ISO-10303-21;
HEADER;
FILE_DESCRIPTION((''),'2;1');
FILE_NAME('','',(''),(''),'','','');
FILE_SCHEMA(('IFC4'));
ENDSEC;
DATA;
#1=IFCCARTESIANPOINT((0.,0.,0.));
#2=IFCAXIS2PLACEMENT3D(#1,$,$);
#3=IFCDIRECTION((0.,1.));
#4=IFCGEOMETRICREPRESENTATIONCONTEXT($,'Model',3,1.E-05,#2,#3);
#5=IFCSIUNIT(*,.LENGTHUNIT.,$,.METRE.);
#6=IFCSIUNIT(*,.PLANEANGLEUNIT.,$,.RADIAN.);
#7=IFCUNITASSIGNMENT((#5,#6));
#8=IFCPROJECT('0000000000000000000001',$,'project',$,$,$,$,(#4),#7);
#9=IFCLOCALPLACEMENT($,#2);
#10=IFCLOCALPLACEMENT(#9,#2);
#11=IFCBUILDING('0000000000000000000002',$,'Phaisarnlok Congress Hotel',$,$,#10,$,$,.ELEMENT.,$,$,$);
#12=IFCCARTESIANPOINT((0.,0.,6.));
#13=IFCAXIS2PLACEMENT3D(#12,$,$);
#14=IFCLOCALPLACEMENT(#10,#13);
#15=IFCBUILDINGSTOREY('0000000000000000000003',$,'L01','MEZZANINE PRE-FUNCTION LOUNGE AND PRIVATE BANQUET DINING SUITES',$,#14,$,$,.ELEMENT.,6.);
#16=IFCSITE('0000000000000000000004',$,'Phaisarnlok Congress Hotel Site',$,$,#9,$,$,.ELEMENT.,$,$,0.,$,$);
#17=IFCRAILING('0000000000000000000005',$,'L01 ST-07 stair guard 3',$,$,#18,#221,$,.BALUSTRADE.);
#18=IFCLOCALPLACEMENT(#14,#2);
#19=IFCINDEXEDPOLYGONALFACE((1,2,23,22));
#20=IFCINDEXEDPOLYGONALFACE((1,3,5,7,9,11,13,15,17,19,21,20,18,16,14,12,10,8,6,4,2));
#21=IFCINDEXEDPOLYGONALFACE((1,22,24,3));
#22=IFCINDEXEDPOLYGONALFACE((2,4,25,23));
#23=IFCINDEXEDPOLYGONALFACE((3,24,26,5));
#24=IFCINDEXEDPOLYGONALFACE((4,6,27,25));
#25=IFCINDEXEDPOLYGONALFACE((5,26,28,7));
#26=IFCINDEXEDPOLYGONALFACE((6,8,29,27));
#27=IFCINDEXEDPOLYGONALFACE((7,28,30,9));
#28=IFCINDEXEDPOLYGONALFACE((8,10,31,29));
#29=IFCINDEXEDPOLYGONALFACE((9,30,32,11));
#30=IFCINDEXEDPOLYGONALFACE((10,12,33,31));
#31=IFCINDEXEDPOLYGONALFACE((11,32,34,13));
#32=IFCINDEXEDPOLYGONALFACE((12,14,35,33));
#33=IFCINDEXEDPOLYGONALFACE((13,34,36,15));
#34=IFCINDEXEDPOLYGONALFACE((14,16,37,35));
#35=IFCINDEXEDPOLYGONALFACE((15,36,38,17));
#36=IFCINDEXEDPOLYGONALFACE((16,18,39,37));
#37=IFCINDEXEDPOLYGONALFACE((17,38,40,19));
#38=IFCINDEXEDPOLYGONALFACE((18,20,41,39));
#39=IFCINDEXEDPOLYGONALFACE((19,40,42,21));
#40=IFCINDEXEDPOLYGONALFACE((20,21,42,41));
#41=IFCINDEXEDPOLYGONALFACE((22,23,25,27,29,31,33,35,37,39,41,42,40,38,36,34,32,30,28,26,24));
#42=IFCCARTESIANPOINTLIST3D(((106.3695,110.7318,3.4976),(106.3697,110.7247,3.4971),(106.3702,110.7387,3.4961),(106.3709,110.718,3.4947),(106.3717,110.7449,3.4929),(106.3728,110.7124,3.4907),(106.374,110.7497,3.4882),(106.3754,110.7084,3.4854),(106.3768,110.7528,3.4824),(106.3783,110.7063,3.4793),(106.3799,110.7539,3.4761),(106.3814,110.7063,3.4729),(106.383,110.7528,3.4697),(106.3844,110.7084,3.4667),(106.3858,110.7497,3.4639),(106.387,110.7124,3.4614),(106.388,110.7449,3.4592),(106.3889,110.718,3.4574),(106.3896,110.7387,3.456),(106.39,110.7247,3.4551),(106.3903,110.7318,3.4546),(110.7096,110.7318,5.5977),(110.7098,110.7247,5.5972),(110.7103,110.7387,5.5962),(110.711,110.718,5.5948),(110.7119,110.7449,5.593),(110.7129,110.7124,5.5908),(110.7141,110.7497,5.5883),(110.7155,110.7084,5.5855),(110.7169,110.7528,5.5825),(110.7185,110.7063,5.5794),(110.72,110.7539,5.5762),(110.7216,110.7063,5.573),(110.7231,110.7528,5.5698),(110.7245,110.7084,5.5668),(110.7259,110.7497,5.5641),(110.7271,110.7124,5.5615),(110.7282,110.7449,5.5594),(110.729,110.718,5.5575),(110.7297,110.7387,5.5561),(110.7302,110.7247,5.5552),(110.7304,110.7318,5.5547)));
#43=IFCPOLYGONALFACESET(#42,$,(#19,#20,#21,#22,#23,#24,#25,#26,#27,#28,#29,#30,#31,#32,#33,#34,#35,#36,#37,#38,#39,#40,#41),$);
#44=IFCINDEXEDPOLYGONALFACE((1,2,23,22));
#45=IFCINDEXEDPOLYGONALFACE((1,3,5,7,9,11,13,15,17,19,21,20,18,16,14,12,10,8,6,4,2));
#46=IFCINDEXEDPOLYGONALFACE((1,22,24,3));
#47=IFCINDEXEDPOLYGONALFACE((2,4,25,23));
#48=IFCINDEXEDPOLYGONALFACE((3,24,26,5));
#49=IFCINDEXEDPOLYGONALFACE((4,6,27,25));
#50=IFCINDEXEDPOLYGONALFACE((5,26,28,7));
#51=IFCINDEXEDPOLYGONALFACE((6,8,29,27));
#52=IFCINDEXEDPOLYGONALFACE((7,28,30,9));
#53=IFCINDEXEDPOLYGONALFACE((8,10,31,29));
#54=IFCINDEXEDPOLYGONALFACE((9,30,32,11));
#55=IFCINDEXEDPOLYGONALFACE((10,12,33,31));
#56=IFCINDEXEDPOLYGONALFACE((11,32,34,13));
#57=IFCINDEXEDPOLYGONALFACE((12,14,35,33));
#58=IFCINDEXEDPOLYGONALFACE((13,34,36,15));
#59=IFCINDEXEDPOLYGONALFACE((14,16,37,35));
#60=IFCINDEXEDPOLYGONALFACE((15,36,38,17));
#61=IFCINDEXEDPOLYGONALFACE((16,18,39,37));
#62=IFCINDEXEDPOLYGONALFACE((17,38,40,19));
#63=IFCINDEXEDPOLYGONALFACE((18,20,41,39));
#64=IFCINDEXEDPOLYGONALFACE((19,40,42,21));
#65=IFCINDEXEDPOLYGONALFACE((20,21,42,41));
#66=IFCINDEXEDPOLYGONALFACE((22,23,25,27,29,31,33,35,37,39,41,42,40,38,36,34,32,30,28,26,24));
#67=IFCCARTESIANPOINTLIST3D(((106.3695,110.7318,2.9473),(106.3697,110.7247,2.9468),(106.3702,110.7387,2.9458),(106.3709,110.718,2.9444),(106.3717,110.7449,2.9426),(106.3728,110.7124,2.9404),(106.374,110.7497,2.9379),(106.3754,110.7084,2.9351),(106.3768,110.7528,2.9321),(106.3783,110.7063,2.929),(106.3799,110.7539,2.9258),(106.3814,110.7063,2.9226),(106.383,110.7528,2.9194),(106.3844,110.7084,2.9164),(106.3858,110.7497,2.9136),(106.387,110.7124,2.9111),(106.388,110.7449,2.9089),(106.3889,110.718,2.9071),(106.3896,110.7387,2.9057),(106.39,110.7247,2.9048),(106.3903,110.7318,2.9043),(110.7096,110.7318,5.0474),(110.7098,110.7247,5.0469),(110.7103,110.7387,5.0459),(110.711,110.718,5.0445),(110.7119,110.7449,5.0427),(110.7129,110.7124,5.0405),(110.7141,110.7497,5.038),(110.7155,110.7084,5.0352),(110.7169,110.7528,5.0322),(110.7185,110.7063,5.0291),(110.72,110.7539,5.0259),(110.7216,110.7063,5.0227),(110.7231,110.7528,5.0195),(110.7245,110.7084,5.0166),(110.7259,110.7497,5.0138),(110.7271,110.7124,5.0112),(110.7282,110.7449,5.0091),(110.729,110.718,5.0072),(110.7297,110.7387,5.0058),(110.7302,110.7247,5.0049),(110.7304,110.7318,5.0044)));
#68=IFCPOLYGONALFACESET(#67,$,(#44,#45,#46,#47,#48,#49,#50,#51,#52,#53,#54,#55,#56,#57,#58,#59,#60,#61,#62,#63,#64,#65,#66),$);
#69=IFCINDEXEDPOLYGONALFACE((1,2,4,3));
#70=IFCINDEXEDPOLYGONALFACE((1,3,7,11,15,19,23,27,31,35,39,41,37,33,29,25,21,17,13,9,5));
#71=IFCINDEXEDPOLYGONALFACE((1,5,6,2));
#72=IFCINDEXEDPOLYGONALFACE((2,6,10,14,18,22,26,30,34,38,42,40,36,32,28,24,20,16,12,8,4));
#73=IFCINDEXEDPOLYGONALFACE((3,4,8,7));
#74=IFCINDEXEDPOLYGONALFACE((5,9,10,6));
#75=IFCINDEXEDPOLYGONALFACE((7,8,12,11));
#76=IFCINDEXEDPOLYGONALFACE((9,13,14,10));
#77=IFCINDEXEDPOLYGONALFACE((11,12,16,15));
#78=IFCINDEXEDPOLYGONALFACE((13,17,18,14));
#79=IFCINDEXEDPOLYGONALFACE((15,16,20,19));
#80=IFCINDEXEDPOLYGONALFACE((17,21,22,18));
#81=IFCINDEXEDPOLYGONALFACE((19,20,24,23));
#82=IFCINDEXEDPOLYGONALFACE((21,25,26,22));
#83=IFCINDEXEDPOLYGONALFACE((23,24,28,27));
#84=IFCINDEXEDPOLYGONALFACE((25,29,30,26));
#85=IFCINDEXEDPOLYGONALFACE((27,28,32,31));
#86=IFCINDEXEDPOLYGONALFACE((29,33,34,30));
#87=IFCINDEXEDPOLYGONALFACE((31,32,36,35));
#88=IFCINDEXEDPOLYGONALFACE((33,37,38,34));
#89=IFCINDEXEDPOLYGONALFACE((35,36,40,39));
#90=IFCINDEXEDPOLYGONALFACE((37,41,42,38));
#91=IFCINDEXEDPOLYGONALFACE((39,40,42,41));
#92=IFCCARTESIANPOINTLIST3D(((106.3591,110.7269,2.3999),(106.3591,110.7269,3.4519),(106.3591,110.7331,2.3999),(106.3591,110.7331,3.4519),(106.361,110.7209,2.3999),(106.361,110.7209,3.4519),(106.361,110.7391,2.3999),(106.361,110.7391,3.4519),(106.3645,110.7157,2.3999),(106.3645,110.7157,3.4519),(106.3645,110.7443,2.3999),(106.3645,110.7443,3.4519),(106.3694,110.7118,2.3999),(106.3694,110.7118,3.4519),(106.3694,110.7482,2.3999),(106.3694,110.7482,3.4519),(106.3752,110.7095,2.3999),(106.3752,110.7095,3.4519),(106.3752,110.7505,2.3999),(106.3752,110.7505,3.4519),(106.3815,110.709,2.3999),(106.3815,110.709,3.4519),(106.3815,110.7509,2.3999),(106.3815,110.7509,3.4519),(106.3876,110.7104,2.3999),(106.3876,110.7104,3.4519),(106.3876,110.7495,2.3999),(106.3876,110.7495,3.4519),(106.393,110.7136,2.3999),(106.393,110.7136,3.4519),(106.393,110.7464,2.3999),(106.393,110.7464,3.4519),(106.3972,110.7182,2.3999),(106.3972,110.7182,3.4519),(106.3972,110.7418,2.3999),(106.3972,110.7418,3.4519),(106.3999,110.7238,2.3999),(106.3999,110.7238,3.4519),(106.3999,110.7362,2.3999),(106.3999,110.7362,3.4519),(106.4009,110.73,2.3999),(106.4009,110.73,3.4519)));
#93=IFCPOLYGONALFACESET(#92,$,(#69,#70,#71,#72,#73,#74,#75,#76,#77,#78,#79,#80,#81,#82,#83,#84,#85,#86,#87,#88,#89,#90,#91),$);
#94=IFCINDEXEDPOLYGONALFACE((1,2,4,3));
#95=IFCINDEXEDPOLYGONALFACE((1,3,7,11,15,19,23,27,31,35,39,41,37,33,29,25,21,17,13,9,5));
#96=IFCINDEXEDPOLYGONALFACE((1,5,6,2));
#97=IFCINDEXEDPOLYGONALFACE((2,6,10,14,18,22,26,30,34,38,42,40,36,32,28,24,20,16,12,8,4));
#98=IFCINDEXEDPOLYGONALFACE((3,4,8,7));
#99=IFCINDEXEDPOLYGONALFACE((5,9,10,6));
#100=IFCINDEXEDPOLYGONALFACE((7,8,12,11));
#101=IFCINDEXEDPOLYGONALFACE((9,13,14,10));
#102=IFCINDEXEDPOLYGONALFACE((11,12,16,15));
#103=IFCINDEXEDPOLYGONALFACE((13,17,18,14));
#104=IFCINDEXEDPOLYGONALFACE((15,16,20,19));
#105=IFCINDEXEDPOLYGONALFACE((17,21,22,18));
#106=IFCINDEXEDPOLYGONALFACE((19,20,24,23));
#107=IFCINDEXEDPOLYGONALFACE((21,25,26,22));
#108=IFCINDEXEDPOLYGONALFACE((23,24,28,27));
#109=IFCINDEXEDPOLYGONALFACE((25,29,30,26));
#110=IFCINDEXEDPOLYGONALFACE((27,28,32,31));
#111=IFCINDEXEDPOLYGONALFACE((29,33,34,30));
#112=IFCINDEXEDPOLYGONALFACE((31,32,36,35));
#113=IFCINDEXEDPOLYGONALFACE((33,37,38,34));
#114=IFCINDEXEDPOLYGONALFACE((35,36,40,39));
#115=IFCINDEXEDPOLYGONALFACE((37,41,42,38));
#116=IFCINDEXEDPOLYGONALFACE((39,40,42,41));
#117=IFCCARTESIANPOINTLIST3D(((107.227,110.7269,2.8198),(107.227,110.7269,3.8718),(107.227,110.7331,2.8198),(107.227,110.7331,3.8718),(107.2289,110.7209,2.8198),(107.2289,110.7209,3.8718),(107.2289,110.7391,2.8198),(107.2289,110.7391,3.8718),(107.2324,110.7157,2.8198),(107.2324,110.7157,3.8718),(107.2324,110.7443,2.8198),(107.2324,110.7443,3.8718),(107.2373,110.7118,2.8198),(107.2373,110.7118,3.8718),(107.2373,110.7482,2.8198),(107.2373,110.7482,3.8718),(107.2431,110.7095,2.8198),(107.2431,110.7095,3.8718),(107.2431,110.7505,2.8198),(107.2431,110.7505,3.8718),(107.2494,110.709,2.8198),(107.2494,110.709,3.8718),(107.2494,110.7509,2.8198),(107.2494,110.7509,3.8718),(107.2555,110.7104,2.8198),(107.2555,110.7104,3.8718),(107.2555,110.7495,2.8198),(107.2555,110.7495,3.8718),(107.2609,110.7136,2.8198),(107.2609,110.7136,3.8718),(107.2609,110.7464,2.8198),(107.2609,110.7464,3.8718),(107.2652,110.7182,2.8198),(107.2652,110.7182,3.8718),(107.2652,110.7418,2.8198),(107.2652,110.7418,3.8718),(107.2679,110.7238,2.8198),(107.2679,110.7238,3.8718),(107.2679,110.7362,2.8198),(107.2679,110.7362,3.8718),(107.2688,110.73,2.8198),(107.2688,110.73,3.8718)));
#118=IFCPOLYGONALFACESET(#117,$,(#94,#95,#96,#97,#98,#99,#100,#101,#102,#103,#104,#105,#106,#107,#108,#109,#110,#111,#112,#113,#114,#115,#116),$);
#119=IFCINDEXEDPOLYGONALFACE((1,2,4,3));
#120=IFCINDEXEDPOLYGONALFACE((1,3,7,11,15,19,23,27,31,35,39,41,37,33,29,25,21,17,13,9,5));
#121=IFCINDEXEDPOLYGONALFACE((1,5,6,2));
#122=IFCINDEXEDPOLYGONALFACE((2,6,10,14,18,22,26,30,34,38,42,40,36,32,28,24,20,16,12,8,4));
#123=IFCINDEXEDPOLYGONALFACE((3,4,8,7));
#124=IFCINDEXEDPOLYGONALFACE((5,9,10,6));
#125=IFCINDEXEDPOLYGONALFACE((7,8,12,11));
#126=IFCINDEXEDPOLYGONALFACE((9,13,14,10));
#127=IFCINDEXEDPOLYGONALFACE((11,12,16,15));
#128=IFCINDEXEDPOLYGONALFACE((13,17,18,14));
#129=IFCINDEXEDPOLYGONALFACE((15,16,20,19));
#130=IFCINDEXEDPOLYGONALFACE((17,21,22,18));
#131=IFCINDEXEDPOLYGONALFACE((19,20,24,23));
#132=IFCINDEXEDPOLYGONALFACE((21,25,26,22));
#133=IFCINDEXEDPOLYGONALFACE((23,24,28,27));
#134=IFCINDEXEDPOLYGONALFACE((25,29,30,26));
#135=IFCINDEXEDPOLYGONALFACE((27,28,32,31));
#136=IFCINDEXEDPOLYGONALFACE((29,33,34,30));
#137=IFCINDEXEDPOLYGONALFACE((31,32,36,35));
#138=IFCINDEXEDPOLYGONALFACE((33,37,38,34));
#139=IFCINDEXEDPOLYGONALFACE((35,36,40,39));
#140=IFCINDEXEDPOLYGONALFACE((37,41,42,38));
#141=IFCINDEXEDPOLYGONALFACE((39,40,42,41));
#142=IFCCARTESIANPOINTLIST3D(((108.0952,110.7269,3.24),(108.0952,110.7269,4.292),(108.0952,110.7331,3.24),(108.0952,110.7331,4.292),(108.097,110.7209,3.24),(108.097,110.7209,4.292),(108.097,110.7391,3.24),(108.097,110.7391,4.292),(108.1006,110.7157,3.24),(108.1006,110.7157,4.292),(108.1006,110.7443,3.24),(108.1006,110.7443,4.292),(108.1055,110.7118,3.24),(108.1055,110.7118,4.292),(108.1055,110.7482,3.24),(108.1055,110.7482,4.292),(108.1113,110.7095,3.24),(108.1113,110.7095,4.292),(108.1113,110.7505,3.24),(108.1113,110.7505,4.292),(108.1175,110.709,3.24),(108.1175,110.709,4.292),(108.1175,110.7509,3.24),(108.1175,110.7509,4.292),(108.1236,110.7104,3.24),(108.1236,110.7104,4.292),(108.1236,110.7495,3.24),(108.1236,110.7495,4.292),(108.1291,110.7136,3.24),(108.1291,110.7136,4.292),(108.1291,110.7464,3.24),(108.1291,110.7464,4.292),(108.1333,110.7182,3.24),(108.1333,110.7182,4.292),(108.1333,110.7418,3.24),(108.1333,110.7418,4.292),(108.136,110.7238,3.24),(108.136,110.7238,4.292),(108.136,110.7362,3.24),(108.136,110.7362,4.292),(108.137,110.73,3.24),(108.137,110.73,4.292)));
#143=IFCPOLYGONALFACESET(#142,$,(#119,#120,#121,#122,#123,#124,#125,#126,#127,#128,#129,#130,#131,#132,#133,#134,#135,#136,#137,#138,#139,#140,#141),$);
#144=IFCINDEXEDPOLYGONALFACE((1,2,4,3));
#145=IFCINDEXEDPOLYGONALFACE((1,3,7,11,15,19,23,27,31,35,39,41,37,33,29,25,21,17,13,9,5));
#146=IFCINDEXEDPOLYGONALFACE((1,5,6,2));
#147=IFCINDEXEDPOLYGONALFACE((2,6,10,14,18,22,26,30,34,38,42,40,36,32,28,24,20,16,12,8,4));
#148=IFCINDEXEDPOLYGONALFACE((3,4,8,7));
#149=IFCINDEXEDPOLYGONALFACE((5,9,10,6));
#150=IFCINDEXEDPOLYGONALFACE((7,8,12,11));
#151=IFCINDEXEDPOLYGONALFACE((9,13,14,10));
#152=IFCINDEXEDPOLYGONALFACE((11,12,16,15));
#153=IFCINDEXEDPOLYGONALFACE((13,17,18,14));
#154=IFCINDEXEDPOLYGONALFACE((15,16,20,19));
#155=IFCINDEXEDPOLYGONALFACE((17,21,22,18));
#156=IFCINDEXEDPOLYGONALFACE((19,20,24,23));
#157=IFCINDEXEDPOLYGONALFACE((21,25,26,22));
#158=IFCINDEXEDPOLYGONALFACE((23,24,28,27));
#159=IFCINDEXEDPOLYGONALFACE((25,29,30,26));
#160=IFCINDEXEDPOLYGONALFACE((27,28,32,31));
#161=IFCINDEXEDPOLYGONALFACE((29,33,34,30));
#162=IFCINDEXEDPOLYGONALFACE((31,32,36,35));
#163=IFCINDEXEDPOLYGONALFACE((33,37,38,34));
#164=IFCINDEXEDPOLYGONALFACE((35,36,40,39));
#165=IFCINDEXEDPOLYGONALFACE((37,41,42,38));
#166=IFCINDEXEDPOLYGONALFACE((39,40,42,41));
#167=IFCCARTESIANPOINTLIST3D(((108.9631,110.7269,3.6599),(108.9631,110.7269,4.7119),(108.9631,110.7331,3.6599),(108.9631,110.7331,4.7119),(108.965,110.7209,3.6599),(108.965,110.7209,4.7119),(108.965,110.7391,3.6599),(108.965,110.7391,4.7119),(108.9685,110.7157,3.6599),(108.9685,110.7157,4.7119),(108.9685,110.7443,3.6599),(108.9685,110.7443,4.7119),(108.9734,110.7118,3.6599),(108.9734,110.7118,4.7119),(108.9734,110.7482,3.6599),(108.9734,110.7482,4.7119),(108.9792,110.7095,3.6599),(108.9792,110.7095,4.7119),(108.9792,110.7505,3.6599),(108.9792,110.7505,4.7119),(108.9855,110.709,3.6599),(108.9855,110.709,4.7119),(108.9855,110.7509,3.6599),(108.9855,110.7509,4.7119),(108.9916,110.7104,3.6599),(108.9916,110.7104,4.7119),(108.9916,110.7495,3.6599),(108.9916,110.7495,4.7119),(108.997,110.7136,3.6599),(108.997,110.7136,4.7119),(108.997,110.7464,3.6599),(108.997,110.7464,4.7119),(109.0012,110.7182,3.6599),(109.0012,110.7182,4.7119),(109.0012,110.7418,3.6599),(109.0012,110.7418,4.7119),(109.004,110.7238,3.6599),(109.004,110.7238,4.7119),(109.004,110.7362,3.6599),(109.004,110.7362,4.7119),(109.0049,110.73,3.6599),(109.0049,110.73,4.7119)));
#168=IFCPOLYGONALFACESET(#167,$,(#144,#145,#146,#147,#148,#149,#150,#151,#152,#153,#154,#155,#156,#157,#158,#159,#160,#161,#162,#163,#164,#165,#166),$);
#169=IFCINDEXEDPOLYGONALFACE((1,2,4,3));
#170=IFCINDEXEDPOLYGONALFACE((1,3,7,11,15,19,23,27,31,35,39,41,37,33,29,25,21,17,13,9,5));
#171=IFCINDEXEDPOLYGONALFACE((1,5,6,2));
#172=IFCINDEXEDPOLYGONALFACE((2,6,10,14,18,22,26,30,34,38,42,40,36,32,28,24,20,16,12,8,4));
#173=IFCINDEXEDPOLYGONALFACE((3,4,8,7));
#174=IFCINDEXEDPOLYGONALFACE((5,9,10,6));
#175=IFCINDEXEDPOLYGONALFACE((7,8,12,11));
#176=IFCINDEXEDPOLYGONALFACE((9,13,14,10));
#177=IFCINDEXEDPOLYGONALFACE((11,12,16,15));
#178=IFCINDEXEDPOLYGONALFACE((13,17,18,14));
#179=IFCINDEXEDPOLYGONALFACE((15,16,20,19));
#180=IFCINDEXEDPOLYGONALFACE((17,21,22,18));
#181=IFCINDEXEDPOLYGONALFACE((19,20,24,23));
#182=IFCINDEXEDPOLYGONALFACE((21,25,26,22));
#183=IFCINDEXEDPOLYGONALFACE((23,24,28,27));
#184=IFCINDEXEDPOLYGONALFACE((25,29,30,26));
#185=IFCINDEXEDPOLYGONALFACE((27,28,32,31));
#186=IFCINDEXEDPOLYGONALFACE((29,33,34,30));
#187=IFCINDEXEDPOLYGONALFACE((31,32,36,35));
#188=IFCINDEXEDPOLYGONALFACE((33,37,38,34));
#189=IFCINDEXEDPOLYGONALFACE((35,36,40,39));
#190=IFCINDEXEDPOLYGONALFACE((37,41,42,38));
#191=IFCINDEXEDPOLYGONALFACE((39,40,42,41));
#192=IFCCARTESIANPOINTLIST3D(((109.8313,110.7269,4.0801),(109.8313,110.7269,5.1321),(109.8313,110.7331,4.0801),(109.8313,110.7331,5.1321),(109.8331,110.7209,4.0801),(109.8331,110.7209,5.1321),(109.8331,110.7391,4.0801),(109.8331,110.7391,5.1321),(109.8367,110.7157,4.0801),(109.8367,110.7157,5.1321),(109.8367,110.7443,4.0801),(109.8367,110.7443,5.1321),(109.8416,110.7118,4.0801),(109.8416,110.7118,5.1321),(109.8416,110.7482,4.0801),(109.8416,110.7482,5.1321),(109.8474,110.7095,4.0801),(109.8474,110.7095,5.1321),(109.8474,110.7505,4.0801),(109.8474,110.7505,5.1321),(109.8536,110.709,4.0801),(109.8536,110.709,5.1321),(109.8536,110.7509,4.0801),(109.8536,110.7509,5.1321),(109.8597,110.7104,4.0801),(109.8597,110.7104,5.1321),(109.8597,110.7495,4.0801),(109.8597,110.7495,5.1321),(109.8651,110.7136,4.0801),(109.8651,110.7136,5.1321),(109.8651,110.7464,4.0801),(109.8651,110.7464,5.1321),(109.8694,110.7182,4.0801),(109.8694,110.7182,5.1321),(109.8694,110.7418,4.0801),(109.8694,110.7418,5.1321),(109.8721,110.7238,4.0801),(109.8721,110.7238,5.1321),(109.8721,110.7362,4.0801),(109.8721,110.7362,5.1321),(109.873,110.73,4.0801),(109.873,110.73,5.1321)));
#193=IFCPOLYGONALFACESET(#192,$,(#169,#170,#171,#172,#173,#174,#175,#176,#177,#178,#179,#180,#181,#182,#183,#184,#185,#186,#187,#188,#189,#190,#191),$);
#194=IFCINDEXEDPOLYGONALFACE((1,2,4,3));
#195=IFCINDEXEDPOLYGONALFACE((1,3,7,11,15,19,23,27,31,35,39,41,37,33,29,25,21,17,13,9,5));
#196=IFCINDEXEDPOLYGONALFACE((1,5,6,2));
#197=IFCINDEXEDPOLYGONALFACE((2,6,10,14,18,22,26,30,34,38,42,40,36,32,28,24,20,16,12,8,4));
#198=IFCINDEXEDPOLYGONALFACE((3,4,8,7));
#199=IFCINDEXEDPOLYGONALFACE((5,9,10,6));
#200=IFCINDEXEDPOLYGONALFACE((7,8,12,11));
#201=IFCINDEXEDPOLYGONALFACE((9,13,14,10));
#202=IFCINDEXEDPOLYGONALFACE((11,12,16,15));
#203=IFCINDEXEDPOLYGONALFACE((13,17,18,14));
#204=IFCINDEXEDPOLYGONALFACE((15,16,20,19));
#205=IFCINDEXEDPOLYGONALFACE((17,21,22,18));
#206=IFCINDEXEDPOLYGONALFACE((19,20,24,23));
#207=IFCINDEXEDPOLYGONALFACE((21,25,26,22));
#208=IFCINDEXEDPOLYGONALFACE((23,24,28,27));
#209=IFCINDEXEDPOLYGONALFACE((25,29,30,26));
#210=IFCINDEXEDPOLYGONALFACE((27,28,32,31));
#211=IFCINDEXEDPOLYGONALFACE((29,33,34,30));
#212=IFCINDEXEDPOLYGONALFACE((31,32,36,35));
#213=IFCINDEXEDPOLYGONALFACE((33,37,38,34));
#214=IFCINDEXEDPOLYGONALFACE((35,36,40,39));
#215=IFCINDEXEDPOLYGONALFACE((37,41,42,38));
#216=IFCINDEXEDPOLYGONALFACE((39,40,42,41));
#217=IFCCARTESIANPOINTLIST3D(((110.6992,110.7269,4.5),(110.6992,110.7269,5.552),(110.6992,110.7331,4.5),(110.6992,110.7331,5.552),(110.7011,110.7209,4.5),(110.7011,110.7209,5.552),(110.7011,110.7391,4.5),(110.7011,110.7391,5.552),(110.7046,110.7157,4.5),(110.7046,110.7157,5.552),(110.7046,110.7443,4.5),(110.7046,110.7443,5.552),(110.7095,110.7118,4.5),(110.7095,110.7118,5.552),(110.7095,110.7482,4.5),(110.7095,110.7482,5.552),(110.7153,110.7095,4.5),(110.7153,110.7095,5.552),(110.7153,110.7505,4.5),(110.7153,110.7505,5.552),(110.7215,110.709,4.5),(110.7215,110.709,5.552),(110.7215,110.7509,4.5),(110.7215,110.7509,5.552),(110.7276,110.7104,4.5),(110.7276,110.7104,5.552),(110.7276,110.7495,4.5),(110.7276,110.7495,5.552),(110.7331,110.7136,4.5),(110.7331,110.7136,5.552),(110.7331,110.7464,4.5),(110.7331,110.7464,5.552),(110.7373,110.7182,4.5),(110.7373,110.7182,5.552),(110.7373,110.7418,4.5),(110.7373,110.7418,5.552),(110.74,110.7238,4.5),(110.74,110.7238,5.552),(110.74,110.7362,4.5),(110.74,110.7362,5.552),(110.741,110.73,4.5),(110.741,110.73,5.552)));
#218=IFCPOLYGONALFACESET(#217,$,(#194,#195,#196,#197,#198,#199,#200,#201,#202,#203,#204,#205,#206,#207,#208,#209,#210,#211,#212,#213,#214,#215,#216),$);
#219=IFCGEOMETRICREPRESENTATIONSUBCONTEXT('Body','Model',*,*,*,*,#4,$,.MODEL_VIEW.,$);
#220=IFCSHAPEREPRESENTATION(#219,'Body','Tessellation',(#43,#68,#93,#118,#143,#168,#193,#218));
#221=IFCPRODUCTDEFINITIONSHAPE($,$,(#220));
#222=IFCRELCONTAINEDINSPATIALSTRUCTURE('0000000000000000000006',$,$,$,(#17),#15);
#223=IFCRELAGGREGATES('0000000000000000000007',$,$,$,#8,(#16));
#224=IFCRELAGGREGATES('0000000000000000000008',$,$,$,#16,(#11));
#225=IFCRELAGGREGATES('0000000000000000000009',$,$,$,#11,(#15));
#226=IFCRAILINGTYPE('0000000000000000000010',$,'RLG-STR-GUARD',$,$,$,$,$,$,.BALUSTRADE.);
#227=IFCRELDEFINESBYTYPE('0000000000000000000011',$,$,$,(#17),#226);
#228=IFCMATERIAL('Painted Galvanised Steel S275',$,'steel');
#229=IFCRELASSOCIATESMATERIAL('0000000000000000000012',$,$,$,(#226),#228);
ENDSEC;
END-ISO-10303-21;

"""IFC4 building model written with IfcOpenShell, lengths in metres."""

from ifc_helpers import new_model, si_unit, direction, frame, origin, origin_2d, place, context, subcontext, project, spatial, circle, extrude, material, type_object, element, save


model = new_model("IFC4")

# Units and contexts
model_context = context("Model", 3, precision=1e-05, world=origin(), true_north=direction((0.0, 1.0)))
body_context = subcontext(model_context, "Body", "Model", "MODEL_VIEW")
ifc_project = project(units=[si_unit("LENGTHUNIT", "METRE"), si_unit("PLANEANGLEUNIT", "RADIAN")], contexts=[model_context])

# Site, building, storey
site_placement = place(None, origin())
site = spatial("IfcSite", under=ifc_project, at=site_placement, Name="Phaisarnlok Congress Hotel Site", CompositionType="ELEMENT", RefElevation=0.0)
building_placement = place(site_placement, origin())
building = spatial("IfcBuilding", under=site, at=building_placement, Name="Phaisarnlok Congress Hotel", CompositionType="ELEMENT")
storey_placement = place(building_placement, frame((0.0, 0.0, 6.0)))
storey = spatial("IfcBuildingStorey", under=building, at=storey_placement, Name="L01", Description="MEZZANINE PRE-FUNCTION LOUNGE AND PRIVATE BANQUET DINING SUITES", CompositionType="ELEMENT", Elevation=6.0)

# Railing
ifc_material_1 = material(Name="Painted Galvanised Steel S275", Category="steel")
railing_type_1 = type_object("IfcRailingType", Name="RLG-STR-GUARD", PredefinedType="BALUSTRADE", material=ifc_material_1)
railing_1_placement = place(storey_placement, frame((106.3799, 110.73, 2.3999)))
element("IfcRailing", 1, at=railing_1_placement, inside=storey, type_object=railing_type_1, Name="L01 ST-07 stair guard 3", PredefinedType="BALUSTRADE", context=body_context, shape_type="SweptSolid", body=[
    extrude(circle(Radius=0.0239, at=origin_2d()), frame((0.0, 0.0, 1.0762), z_axis=(0.900155, 0.0, 0.43557), x_axis=(0.0, 1.0, 0.0)), (0.0, 0.0, 1.0), 4.8215),
    extrude(circle(Radius=0.0239, at=origin_2d()), frame((0.0, 0.0, 0.5259), z_axis=(0.900155, 0.0, 0.43557), x_axis=(0.0, 1.0, 0.0)), (0.0, 0.0, 1.0), 4.8215),
    extrude(circle(Radius=0.021, at=origin_2d()), origin(), (0.0, 0.0, 1.0), 1.052),
    extrude(circle(Radius=0.021, at=origin_2d()), frame((0.8679, 0.0, 0.4199)), (0.0, 0.0, 1.0), 1.052),
    extrude(circle(Radius=0.021, at=origin_2d()), frame((1.7361, 0.0, 0.8401)), (0.0, 0.0, 1.0), 1.052),
    extrude(circle(Radius=0.021, at=origin_2d()), frame((2.604, 0.0, 1.26)), (0.0, 0.0, 1.0), 1.052),
    extrude(circle(Radius=0.021, at=origin_2d()), frame((3.4722, 0.0, 1.6802)), (0.0, 0.0, 1.0), 1.052),
    extrude(circle(Radius=0.021, at=origin_2d()), frame((4.3401, 0.0, 2.1001)), (0.0, 0.0, 1.0), 1.052),
])

save(model, "model.ifc")
